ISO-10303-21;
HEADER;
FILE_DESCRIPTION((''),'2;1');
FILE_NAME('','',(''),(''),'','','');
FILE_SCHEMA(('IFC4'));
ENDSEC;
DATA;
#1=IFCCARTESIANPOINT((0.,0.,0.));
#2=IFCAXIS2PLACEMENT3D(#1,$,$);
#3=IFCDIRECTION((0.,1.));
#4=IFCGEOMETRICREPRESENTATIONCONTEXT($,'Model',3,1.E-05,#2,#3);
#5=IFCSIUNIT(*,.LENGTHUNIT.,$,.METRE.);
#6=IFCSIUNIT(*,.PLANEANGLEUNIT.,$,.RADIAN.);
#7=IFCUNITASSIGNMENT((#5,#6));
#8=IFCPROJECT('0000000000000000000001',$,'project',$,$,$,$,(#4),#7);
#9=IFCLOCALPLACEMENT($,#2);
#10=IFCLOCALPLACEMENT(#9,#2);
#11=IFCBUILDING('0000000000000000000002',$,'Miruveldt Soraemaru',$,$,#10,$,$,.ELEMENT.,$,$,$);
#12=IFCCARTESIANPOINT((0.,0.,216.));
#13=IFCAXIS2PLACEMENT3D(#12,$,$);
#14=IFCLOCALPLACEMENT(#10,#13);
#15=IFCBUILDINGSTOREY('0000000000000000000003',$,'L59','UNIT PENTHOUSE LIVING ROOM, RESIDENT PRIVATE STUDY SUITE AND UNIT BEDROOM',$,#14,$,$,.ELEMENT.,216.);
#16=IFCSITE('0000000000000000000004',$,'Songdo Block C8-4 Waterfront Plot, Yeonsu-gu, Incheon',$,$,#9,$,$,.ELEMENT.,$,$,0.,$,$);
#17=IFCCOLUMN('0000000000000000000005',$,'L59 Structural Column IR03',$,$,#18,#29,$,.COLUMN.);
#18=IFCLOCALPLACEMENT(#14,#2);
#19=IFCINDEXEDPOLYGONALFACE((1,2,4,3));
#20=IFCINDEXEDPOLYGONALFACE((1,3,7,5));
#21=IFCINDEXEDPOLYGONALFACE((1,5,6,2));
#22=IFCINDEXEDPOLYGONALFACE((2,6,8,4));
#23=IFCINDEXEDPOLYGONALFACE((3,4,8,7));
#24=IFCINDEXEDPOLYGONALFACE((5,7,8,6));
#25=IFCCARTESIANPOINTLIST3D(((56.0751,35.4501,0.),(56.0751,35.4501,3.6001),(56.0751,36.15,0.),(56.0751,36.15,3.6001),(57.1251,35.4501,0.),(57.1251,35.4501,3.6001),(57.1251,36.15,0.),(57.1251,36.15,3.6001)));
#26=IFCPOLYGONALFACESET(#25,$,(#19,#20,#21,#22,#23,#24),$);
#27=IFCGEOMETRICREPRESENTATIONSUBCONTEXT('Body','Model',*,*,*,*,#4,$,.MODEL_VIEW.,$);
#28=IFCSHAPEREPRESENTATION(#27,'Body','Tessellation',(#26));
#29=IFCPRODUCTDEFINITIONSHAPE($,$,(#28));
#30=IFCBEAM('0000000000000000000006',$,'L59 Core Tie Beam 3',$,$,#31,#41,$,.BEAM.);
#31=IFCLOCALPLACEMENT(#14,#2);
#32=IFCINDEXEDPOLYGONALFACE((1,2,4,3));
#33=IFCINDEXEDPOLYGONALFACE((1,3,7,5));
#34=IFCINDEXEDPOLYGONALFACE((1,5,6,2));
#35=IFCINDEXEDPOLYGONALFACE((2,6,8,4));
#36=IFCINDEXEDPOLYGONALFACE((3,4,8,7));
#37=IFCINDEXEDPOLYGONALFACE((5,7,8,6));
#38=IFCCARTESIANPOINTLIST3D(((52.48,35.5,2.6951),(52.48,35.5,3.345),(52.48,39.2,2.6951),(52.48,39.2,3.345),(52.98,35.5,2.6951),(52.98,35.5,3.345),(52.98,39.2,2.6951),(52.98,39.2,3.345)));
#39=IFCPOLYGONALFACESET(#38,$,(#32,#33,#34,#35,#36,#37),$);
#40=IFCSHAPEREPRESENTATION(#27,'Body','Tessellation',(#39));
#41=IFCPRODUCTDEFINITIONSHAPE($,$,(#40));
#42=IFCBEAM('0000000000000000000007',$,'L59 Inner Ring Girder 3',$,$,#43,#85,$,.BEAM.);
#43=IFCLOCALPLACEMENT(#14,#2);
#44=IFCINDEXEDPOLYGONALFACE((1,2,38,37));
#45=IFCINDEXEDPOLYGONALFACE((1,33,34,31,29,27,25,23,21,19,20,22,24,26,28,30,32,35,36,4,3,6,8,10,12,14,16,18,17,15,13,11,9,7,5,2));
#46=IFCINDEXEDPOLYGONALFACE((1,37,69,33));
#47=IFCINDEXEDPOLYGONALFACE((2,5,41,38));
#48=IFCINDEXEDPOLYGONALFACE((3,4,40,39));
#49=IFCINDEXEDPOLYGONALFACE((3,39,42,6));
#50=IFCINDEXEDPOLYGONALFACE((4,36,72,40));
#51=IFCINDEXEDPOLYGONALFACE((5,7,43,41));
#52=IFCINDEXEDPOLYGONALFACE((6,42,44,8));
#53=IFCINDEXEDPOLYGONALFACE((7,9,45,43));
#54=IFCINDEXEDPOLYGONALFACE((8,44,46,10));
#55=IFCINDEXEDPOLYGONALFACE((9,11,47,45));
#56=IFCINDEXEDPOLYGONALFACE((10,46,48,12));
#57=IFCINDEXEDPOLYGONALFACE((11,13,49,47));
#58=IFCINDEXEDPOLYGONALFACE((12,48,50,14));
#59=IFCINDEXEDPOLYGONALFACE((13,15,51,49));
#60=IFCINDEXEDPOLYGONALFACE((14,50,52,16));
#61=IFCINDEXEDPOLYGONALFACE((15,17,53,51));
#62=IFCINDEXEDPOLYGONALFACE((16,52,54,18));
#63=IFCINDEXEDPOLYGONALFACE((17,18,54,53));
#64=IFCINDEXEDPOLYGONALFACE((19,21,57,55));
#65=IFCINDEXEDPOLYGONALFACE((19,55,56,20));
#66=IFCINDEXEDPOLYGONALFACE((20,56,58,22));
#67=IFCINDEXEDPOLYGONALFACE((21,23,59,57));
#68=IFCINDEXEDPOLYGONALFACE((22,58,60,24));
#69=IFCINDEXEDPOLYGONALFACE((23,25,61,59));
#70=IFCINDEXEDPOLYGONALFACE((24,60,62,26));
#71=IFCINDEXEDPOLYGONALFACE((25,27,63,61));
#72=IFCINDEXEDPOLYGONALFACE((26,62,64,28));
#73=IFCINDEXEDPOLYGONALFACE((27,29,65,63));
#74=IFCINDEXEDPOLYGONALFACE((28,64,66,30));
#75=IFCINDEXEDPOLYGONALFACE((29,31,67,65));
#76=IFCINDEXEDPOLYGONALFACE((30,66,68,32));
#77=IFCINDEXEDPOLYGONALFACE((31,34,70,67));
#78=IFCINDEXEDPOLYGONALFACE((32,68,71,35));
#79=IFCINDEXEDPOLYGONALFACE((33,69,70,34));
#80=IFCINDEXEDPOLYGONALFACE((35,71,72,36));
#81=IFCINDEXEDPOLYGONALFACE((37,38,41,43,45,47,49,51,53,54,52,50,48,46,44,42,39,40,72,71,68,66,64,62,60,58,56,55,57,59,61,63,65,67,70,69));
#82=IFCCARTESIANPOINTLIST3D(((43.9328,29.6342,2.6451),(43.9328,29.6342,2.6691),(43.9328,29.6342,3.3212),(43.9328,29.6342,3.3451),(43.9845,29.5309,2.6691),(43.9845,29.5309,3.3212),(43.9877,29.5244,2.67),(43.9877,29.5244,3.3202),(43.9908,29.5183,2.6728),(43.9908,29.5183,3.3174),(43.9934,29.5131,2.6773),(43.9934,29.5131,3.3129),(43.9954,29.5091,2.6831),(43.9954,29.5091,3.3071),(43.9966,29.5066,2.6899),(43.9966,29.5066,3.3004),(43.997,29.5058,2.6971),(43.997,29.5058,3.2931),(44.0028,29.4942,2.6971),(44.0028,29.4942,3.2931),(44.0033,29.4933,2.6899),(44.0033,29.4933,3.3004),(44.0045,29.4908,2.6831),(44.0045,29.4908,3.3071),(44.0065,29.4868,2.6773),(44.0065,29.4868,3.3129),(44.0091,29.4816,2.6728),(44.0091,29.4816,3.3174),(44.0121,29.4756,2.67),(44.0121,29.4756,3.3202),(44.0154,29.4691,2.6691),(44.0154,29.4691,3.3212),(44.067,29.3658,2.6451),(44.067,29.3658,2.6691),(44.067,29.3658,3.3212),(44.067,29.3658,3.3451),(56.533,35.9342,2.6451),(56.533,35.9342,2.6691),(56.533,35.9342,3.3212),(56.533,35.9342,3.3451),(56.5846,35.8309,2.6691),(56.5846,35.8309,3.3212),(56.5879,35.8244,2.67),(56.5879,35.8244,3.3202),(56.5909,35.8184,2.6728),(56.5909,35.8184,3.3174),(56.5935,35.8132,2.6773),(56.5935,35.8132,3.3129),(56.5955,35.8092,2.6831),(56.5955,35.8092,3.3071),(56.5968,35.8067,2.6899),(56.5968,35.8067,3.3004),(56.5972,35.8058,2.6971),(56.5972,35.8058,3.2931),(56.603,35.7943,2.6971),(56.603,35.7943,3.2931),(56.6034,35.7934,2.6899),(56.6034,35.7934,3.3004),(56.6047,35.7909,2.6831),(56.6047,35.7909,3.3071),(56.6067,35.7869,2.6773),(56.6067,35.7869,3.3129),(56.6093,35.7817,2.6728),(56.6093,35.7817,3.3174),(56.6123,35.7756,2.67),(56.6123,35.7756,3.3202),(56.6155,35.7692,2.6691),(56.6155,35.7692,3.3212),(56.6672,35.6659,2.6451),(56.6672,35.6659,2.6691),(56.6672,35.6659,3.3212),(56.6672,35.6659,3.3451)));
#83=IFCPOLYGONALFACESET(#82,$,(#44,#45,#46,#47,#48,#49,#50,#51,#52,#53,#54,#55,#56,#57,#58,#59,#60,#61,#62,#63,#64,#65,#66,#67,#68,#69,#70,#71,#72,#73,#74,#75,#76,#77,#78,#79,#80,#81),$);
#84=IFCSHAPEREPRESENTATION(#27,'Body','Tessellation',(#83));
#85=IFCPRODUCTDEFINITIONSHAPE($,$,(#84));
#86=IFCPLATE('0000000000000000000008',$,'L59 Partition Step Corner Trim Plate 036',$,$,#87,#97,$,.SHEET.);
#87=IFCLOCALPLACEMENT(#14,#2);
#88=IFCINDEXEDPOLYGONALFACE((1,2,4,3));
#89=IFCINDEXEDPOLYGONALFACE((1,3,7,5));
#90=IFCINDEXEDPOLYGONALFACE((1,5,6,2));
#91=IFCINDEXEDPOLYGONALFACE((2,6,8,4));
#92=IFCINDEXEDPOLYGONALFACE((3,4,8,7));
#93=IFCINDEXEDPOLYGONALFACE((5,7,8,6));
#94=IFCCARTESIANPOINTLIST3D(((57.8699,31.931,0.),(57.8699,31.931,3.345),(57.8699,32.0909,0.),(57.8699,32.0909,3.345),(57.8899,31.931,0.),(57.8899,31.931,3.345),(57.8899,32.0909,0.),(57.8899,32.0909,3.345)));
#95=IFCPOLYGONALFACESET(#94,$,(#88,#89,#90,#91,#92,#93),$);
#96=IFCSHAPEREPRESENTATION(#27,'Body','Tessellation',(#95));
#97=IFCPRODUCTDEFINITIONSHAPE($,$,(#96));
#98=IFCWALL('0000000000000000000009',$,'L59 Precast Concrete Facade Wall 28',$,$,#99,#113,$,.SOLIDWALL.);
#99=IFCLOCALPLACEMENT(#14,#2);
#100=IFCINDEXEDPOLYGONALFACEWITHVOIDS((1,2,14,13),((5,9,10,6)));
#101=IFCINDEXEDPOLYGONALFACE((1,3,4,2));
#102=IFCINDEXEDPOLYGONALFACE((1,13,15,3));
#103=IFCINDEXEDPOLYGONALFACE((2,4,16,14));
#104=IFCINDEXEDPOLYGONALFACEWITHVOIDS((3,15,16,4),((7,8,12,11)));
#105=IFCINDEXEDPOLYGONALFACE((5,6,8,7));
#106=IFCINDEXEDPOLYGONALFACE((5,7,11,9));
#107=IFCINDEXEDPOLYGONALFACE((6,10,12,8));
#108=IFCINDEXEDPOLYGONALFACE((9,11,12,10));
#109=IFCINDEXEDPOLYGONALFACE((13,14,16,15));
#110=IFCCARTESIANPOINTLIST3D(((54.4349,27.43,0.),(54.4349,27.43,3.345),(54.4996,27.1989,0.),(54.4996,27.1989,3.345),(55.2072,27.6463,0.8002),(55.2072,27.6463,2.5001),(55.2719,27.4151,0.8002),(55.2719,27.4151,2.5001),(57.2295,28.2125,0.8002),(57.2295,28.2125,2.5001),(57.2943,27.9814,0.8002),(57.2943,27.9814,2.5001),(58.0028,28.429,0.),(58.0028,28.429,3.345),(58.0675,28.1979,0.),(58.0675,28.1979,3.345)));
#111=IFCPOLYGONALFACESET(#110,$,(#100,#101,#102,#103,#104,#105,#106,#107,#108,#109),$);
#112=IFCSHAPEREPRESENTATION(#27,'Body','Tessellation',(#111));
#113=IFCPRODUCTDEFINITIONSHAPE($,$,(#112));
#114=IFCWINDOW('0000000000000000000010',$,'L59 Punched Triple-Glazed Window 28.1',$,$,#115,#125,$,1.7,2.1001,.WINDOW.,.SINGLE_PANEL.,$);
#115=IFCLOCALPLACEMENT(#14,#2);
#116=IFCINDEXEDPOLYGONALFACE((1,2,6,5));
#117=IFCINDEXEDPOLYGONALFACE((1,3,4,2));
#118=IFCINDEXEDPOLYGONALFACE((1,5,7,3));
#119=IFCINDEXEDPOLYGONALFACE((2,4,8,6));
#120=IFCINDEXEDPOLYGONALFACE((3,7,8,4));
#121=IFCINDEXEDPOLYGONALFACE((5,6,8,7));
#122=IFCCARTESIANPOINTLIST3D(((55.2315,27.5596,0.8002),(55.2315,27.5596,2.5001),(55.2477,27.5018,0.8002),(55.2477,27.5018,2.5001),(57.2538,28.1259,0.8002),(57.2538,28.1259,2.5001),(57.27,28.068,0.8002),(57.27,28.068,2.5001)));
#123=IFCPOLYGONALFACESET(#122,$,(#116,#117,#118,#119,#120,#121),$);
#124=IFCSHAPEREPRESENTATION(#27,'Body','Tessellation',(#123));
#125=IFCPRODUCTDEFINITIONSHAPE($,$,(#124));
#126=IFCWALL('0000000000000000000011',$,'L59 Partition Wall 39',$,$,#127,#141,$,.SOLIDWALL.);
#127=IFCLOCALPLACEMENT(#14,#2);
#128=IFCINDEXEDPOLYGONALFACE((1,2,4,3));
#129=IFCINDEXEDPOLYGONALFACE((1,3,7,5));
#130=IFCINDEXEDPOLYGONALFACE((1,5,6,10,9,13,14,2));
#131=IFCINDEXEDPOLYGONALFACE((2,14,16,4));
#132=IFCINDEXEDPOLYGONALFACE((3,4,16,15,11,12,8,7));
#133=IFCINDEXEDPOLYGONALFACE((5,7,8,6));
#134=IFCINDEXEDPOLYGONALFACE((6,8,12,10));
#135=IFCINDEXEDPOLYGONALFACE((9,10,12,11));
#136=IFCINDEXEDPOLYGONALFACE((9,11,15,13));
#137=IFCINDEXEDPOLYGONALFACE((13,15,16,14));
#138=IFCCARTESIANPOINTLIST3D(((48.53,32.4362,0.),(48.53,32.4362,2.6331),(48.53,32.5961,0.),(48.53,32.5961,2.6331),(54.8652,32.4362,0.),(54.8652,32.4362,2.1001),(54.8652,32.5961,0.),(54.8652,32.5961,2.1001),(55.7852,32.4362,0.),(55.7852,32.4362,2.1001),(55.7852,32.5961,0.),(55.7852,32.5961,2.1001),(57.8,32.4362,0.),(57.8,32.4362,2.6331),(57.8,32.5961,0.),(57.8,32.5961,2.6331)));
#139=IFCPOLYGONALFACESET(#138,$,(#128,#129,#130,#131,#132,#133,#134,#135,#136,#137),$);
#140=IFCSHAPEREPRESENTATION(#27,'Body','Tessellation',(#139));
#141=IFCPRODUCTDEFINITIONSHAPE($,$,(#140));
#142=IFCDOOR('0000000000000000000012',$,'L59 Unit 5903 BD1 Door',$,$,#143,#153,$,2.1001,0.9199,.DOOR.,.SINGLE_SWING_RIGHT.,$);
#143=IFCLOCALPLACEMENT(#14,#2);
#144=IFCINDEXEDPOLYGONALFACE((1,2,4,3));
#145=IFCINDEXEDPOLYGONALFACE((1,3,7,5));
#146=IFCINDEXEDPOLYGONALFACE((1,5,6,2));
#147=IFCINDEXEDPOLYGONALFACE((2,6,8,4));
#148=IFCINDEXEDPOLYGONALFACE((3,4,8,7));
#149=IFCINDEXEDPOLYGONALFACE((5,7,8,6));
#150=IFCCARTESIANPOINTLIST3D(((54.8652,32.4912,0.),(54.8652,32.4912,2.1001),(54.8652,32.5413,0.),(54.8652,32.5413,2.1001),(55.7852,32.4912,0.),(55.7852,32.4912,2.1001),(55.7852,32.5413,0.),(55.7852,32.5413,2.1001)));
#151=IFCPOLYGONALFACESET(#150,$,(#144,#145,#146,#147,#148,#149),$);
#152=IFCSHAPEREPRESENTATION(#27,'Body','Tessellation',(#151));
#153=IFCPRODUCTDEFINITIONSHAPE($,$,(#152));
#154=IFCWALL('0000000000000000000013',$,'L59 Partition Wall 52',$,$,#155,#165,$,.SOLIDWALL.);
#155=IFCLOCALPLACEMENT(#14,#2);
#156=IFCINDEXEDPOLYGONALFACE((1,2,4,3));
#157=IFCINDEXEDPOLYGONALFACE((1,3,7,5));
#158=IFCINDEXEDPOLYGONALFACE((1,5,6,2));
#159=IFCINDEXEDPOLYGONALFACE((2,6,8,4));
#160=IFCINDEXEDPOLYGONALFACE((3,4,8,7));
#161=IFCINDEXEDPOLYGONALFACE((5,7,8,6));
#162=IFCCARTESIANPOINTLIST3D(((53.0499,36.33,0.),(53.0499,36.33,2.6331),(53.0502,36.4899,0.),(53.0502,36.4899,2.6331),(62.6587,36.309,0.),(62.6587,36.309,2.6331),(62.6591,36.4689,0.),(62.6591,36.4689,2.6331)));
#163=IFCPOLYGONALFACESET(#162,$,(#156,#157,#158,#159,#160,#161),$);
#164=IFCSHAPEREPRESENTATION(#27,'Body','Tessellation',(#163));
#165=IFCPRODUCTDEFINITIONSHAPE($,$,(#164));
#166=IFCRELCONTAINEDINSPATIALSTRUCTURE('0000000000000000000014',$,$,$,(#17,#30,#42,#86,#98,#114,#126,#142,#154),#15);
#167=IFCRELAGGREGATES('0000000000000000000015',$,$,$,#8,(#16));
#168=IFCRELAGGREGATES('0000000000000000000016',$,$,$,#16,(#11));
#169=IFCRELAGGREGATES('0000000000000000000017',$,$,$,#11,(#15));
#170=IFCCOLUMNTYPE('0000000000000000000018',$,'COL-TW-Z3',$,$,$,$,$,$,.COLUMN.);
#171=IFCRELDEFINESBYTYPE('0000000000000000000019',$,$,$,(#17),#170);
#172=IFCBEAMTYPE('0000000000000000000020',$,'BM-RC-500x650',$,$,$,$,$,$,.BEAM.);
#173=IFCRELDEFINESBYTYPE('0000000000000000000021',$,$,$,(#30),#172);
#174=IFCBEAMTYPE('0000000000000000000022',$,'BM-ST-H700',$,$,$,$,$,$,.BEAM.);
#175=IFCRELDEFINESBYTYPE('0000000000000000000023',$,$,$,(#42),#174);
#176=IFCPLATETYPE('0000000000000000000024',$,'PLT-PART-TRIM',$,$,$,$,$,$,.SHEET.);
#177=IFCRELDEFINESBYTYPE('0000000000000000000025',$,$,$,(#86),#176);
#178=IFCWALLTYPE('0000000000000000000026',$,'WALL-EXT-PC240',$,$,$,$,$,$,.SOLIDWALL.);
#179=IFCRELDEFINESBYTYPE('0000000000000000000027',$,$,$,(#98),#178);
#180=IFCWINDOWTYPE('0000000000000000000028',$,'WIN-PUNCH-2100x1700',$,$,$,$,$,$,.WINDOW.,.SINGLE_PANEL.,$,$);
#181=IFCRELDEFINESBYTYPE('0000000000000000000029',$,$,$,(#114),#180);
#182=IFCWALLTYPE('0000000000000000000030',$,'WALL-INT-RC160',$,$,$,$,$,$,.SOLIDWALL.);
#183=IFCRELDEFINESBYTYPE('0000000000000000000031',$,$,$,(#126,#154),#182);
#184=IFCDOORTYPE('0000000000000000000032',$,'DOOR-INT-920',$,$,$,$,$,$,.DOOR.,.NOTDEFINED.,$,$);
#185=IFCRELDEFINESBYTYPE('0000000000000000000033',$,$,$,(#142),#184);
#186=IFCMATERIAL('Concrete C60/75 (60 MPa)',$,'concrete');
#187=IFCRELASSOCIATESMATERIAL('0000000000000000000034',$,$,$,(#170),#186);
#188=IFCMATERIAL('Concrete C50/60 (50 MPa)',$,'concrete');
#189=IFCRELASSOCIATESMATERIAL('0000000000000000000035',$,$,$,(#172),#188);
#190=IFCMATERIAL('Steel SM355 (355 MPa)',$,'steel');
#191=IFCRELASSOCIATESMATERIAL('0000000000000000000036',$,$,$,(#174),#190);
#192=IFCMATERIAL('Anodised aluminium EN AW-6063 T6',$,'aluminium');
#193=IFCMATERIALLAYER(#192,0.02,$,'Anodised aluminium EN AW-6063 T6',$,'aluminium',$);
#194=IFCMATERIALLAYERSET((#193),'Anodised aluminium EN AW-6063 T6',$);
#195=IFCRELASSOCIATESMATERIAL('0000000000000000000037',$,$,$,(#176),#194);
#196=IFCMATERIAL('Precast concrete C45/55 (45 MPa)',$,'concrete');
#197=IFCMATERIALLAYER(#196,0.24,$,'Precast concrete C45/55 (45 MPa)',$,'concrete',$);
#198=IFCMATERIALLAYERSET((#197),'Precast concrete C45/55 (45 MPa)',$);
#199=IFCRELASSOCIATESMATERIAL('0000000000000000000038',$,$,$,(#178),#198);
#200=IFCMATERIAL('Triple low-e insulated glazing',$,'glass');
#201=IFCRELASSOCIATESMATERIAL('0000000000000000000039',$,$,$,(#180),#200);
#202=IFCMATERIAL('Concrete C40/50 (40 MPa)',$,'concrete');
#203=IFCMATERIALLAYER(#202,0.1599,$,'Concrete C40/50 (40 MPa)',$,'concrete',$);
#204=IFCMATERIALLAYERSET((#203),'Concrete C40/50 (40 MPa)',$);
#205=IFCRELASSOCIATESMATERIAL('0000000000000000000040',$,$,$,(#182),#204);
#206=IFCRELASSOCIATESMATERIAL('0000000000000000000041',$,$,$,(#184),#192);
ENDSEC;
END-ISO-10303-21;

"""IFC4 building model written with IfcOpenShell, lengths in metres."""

from ifc_helpers import new_model, si_unit, direction, frame, frame_2d, origin, origin_2d, place, context, subcontext, project, spatial, rectangle, i_section, extrude, material, layer, layer_set, material_profile, profile_set, type_object, element, fill, save


model = new_model("IFC4")

# Units and contexts
model_context = context("Model", 3, precision=1e-05, world=origin(), true_north=direction((0.0, 1.0)))
body_context = subcontext(model_context, "Body", "Model", "MODEL_VIEW")
ifc_project = project(units=[si_unit("LENGTHUNIT", "METRE"), si_unit("PLANEANGLEUNIT", "RADIAN")], contexts=[model_context])

# Site, building, storey
site_placement = place(None, origin())
site = spatial("IfcSite", under=ifc_project, at=site_placement, Name="Songdo Block C8-4 Waterfront Plot, Yeonsu-gu, Incheon", CompositionType="ELEMENT", RefElevation=0.0)
building_placement = place(site_placement, origin())
building = spatial("IfcBuilding", under=site, at=building_placement, Name="Miruveldt Soraemaru", CompositionType="ELEMENT")
storey_placement = place(building_placement, frame((0.0, 0.0, 216.0)))
storey = spatial("IfcBuildingStorey", under=building, at=storey_placement, Name="L59", Description="UNIT PENTHOUSE LIVING ROOM, RESIDENT PRIVATE STUDY SUITE AND UNIT BEDROOM", CompositionType="ELEMENT", Elevation=216.0)

# Column
ifc_material_1 = material(Name="Concrete C60/75 (60 MPa)", Category="concrete")
ifc_material_profile_1 = material_profile(ifc_material_1, rectangle(XDim=1.05, YDim=0.7, at=origin_2d()), Name="Concrete C60/75 (60 MPa)", Category="concrete")
ifc_profile_set_1 = profile_set([ifc_material_profile_1], Name="Concrete C60/75 (60 MPa)")
column_type = type_object("IfcColumnType", Name="COL-TW-Z3", PredefinedType="COLUMN", material=ifc_profile_set_1)
column_placement = place(storey_placement, frame((56.6001, 35.8, 0.0), z_axis=(0.0, 0.0, 1.0), x_axis=(1.0, 0.0, 0.0)))
element("IfcColumn", 1, at=column_placement, inside=storey, type_object=column_type, Name="L59 Structural Column IR03", PredefinedType="COLUMN", context=body_context, shape_type="SweptSolid", body=[
    extrude(rectangle(XDim=1.05, YDim=0.7, at=origin_2d()), origin(), (0.0, 0.0, 1.0), 3.6001),
])

# Beams
ifc_material_2 = material(Name="Concrete C50/60 (50 MPa)", Category="concrete")
ifc_material_profile_2 = material_profile(ifc_material_2, rectangle(XDim=0.5, YDim=0.6499, at=origin_2d()), Name="Concrete C50/60 (50 MPa)", Category="concrete")
ifc_profile_set_2 = profile_set([ifc_material_profile_2], Name="Concrete C50/60 (50 MPa)")
beam_type_1 = type_object("IfcBeamType", Name="BM-RC-500x650", PredefinedType="BEAM", material=ifc_profile_set_2)
beam_1_placement = place(storey_placement, frame((52.73, 35.5, 3.02), z_axis=(0.0, 1.0, 0.0), x_axis=(-1.0, 0.0, 0.0)))
element("IfcBeam", 2, at=beam_1_placement, inside=storey, type_object=beam_type_1, Name="L59 Core Tie Beam 3", PredefinedType="BEAM", context=body_context, shape_type="SweptSolid", body=[
    extrude(rectangle(XDim=0.5, YDim=0.6499, at=origin_2d()), origin(), (0.0, 0.0, 1.0), 3.7),
])
ifc_material_3 = material(Name="Steel SM355 (355 MPa)", Category="steel")
ifc_material_profile_3 = material_profile(ifc_material_3, i_section(OverallWidth=0.3, OverallDepth=0.7, WebThickness=0.0129, FlangeThickness=0.0239, FilletRadius=0.0281, at=origin_2d()), Name="Steel SM355 (355 MPa)", Category="steel")
ifc_profile_set_3 = profile_set([ifc_material_profile_3], Name="Steel SM355 (355 MPa)")
beam_type_2 = type_object("IfcBeamType", Name="BM-ST-H700", PredefinedType="BEAM", material=ifc_profile_set_3)
beam_2_placement = place(storey_placement, frame((56.6001, 35.8, 2.9951), z_axis=(-0.894427, -0.447214, 0.0), x_axis=(0.447214, -0.894427, 0.0)))
element("IfcBeam", 3, at=beam_2_placement, inside=storey, type_object=beam_type_2, Name="L59 Inner Ring Girder 3", PredefinedType="BEAM", context=body_context, shape_type="SweptSolid", body=[
    extrude(i_section(OverallWidth=0.3, OverallDepth=0.7, WebThickness=0.0129, FlangeThickness=0.0239, FilletRadius=0.0281, at=origin_2d()), origin(), (0.0, 0.0, 1.0), 14.0874),
])

# Plate
ifc_material_4 = material(Name="Anodised aluminium EN AW-6063 T6", Category="aluminium")
ifc_layer_1 = layer(ifc_material_4, 0.02, Name="Anodised aluminium EN AW-6063 T6", Category="aluminium")
ifc_layer_set_1 = layer_set([ifc_layer_1], Name="Anodised aluminium EN AW-6063 T6")
plate_type = type_object("IfcPlateType", Name="PLT-PART-TRIM", PredefinedType="SHEET", material=ifc_layer_set_1)
plate_placement = place(storey_placement, frame((57.8799, 32.011, 0.0), z_axis=(0.0, 0.0, 1.0), x_axis=(0.0, -1.0, 0.0)))
element("IfcPlate", 4, at=plate_placement, inside=storey, type_object=plate_type, Name="L59 Partition Step Corner Trim Plate 036", PredefinedType="SHEET", context=body_context, shape_type="SweptSolid", body=[
    extrude(rectangle(XDim=0.1599, YDim=0.02, at=origin_2d()), origin(), (0.0, 0.0, 1.0), 3.345),
])

# Wall, opening, window
ifc_material_5 = material(Name="Precast concrete C45/55 (45 MPa)", Category="concrete")
ifc_layer_2 = layer(ifc_material_5, 0.24, Name="Precast concrete C45/55 (45 MPa)", Category="concrete")
ifc_layer_set_2 = layer_set([ifc_layer_2], Name="Precast concrete C45/55 (45 MPa)")
wall_type_1 = type_object("IfcWallType", Name="WALL-EXT-PC240", PredefinedType="SOLIDWALL", material=ifc_layer_set_2)
wall_1_placement = place(storey_placement, frame((54.4673, 27.3145, 0.0), z_axis=(0.0, 0.0, 1.0), x_axis=(0.962963, 0.269635, 0.0)))
wall_1 = element("IfcWall", 5, at=wall_1_placement, inside=storey, type_object=wall_type_1, Name="L59 Precast Concrete Facade Wall 28", PredefinedType="SOLIDWALL", context=body_context, shape_type="SweptSolid", body=[
    extrude(rectangle(XDim=3.7051, YDim=0.24, at=frame_2d((1.8525, 0.0))), origin(), (0.0, 0.0, 1.0), 3.345),
])
opening_1_placement = place(wall_1_placement, frame((0.802, 0.0, 0.8)))
opening_1 = element("IfcOpeningElement", 6, at=opening_1_placement, cuts=wall_1, PredefinedType="OPENING", context=body_context, shape_type="SweptSolid", body=[
    extrude(rectangle(XDim=2.1001, YDim=1.7, at=frame_2d((1.05, 0.8501))), frame((0.0, 0.1299, 0.0), z_axis=(0.0, -1.0, 0.0), x_axis=(1.0, 0.0, 0.0)), (0.0, 0.0, 1.0), 0.26),
])
ifc_material_6 = material(Name="Triple low-e insulated glazing", Category="glass")
window_type = type_object("IfcWindowType", Name="WIN-PUNCH-2100x1700", PartitioningType="SINGLE_PANEL", PredefinedType="WINDOW", material=ifc_material_6)
window_placement = place(opening_1_placement, origin())
window = element("IfcWindow", 7, at=window_placement, inside=storey, type_object=window_type, Name="L59 Punched Triple-Glazed Window 28.1", OverallHeight=1.7, OverallWidth=2.1001, PartitioningType="SINGLE_PANEL", PredefinedType="WINDOW", context=body_context, shape_type="SweptSolid", body=[
    extrude(rectangle(XDim=2.1001, YDim=1.7, at=frame_2d((1.05, 0.8501))), frame((0.0, 0.03, 0.0), z_axis=(0.0, -1.0, 0.0), x_axis=(1.0, 0.0, 0.0)), (0.0, 0.0, 1.0), 0.0601),
])
fill(opening_1, window)

# Wall, opening, door
ifc_material_7 = material(Name="Concrete C40/50 (40 MPa)", Category="concrete")
ifc_layer_3 = layer(ifc_material_7, 0.1599, Name="Concrete C40/50 (40 MPa)", Category="concrete")
ifc_layer_set_3 = layer_set([ifc_layer_3], Name="Concrete C40/50 (40 MPa)")
wall_type_2 = type_object("IfcWallType", Name="WALL-INT-RC160", PredefinedType="SOLIDWALL", material=ifc_layer_set_3)
wall_2_placement = place(storey_placement, frame((57.8, 32.5161, 0.0), z_axis=(0.0, 0.0, 1.0), x_axis=(-1.0, 0.0, 0.0)))
wall_2 = element("IfcWall", 8, at=wall_2_placement, inside=storey, type_object=wall_type_2, Name="L59 Partition Wall 39", PredefinedType="SOLIDWALL", context=body_context, shape_type="SweptSolid", body=[
    extrude(rectangle(XDim=9.27, YDim=0.1599, at=frame_2d((4.635, 0.0))), origin(), (0.0, 0.0, 1.0), 2.6331),
])
opening_2_placement = place(wall_2_placement, frame((2.0149, 0.0, 0.0)))
opening_2 = element("IfcOpeningElement", 9, at=opening_2_placement, cuts=wall_2, PredefinedType="OPENING", context=body_context, shape_type="SweptSolid", body=[
    extrude(rectangle(XDim=0.9199, YDim=2.1001, at=frame_2d((0.46, 1.05))), frame((0.0, 0.0898, 0.0), z_axis=(0.0, -1.0, 0.0), x_axis=(1.0, 0.0, 0.0)), (0.0, 0.0, 1.0), 0.1799),
])
door_type = type_object("IfcDoorType", Name="DOOR-INT-920", OperationType="NOTDEFINED", PredefinedType="DOOR", material=ifc_material_4)
door_placement = place(opening_2_placement, origin())
door = element("IfcDoor", 10, at=door_placement, inside=storey, type_object=door_type, Name="L59 Unit 5903 BD1 Door", OperationType="SINGLE_SWING_RIGHT", OverallHeight=2.1001, OverallWidth=0.9199, PredefinedType="DOOR", context=body_context, shape_type="SweptSolid", body=[
    extrude(rectangle(XDim=0.9199, YDim=2.1001, at=frame_2d((0.46, 1.05))), frame((0.0, 0.0249, 0.0), z_axis=(0.0, -1.0, 0.0), x_axis=(1.0, 0.0, 0.0)), (0.0, 0.0, 1.0), 0.05),
])
fill(opening_2, door)

# Wall
wall_3_placement = place(storey_placement, frame((53.05, 36.4099, 0.0), z_axis=(0.0, 0.0, 1.0), x_axis=(0.999998, -0.002185, 0.0)))
element("IfcWall", 11, at=wall_3_placement, inside=storey, type_object=wall_type_2, Name="L59 Partition Wall 52", PredefinedType="SOLIDWALL", context=body_context, shape_type="SweptSolid", body=[
    extrude(rectangle(XDim=9.6089, YDim=0.1599, at=frame_2d((4.8044, 0.0))), origin(), (0.0, 0.0, 1.0), 2.6331),
])

save(model, "model.ifc")
